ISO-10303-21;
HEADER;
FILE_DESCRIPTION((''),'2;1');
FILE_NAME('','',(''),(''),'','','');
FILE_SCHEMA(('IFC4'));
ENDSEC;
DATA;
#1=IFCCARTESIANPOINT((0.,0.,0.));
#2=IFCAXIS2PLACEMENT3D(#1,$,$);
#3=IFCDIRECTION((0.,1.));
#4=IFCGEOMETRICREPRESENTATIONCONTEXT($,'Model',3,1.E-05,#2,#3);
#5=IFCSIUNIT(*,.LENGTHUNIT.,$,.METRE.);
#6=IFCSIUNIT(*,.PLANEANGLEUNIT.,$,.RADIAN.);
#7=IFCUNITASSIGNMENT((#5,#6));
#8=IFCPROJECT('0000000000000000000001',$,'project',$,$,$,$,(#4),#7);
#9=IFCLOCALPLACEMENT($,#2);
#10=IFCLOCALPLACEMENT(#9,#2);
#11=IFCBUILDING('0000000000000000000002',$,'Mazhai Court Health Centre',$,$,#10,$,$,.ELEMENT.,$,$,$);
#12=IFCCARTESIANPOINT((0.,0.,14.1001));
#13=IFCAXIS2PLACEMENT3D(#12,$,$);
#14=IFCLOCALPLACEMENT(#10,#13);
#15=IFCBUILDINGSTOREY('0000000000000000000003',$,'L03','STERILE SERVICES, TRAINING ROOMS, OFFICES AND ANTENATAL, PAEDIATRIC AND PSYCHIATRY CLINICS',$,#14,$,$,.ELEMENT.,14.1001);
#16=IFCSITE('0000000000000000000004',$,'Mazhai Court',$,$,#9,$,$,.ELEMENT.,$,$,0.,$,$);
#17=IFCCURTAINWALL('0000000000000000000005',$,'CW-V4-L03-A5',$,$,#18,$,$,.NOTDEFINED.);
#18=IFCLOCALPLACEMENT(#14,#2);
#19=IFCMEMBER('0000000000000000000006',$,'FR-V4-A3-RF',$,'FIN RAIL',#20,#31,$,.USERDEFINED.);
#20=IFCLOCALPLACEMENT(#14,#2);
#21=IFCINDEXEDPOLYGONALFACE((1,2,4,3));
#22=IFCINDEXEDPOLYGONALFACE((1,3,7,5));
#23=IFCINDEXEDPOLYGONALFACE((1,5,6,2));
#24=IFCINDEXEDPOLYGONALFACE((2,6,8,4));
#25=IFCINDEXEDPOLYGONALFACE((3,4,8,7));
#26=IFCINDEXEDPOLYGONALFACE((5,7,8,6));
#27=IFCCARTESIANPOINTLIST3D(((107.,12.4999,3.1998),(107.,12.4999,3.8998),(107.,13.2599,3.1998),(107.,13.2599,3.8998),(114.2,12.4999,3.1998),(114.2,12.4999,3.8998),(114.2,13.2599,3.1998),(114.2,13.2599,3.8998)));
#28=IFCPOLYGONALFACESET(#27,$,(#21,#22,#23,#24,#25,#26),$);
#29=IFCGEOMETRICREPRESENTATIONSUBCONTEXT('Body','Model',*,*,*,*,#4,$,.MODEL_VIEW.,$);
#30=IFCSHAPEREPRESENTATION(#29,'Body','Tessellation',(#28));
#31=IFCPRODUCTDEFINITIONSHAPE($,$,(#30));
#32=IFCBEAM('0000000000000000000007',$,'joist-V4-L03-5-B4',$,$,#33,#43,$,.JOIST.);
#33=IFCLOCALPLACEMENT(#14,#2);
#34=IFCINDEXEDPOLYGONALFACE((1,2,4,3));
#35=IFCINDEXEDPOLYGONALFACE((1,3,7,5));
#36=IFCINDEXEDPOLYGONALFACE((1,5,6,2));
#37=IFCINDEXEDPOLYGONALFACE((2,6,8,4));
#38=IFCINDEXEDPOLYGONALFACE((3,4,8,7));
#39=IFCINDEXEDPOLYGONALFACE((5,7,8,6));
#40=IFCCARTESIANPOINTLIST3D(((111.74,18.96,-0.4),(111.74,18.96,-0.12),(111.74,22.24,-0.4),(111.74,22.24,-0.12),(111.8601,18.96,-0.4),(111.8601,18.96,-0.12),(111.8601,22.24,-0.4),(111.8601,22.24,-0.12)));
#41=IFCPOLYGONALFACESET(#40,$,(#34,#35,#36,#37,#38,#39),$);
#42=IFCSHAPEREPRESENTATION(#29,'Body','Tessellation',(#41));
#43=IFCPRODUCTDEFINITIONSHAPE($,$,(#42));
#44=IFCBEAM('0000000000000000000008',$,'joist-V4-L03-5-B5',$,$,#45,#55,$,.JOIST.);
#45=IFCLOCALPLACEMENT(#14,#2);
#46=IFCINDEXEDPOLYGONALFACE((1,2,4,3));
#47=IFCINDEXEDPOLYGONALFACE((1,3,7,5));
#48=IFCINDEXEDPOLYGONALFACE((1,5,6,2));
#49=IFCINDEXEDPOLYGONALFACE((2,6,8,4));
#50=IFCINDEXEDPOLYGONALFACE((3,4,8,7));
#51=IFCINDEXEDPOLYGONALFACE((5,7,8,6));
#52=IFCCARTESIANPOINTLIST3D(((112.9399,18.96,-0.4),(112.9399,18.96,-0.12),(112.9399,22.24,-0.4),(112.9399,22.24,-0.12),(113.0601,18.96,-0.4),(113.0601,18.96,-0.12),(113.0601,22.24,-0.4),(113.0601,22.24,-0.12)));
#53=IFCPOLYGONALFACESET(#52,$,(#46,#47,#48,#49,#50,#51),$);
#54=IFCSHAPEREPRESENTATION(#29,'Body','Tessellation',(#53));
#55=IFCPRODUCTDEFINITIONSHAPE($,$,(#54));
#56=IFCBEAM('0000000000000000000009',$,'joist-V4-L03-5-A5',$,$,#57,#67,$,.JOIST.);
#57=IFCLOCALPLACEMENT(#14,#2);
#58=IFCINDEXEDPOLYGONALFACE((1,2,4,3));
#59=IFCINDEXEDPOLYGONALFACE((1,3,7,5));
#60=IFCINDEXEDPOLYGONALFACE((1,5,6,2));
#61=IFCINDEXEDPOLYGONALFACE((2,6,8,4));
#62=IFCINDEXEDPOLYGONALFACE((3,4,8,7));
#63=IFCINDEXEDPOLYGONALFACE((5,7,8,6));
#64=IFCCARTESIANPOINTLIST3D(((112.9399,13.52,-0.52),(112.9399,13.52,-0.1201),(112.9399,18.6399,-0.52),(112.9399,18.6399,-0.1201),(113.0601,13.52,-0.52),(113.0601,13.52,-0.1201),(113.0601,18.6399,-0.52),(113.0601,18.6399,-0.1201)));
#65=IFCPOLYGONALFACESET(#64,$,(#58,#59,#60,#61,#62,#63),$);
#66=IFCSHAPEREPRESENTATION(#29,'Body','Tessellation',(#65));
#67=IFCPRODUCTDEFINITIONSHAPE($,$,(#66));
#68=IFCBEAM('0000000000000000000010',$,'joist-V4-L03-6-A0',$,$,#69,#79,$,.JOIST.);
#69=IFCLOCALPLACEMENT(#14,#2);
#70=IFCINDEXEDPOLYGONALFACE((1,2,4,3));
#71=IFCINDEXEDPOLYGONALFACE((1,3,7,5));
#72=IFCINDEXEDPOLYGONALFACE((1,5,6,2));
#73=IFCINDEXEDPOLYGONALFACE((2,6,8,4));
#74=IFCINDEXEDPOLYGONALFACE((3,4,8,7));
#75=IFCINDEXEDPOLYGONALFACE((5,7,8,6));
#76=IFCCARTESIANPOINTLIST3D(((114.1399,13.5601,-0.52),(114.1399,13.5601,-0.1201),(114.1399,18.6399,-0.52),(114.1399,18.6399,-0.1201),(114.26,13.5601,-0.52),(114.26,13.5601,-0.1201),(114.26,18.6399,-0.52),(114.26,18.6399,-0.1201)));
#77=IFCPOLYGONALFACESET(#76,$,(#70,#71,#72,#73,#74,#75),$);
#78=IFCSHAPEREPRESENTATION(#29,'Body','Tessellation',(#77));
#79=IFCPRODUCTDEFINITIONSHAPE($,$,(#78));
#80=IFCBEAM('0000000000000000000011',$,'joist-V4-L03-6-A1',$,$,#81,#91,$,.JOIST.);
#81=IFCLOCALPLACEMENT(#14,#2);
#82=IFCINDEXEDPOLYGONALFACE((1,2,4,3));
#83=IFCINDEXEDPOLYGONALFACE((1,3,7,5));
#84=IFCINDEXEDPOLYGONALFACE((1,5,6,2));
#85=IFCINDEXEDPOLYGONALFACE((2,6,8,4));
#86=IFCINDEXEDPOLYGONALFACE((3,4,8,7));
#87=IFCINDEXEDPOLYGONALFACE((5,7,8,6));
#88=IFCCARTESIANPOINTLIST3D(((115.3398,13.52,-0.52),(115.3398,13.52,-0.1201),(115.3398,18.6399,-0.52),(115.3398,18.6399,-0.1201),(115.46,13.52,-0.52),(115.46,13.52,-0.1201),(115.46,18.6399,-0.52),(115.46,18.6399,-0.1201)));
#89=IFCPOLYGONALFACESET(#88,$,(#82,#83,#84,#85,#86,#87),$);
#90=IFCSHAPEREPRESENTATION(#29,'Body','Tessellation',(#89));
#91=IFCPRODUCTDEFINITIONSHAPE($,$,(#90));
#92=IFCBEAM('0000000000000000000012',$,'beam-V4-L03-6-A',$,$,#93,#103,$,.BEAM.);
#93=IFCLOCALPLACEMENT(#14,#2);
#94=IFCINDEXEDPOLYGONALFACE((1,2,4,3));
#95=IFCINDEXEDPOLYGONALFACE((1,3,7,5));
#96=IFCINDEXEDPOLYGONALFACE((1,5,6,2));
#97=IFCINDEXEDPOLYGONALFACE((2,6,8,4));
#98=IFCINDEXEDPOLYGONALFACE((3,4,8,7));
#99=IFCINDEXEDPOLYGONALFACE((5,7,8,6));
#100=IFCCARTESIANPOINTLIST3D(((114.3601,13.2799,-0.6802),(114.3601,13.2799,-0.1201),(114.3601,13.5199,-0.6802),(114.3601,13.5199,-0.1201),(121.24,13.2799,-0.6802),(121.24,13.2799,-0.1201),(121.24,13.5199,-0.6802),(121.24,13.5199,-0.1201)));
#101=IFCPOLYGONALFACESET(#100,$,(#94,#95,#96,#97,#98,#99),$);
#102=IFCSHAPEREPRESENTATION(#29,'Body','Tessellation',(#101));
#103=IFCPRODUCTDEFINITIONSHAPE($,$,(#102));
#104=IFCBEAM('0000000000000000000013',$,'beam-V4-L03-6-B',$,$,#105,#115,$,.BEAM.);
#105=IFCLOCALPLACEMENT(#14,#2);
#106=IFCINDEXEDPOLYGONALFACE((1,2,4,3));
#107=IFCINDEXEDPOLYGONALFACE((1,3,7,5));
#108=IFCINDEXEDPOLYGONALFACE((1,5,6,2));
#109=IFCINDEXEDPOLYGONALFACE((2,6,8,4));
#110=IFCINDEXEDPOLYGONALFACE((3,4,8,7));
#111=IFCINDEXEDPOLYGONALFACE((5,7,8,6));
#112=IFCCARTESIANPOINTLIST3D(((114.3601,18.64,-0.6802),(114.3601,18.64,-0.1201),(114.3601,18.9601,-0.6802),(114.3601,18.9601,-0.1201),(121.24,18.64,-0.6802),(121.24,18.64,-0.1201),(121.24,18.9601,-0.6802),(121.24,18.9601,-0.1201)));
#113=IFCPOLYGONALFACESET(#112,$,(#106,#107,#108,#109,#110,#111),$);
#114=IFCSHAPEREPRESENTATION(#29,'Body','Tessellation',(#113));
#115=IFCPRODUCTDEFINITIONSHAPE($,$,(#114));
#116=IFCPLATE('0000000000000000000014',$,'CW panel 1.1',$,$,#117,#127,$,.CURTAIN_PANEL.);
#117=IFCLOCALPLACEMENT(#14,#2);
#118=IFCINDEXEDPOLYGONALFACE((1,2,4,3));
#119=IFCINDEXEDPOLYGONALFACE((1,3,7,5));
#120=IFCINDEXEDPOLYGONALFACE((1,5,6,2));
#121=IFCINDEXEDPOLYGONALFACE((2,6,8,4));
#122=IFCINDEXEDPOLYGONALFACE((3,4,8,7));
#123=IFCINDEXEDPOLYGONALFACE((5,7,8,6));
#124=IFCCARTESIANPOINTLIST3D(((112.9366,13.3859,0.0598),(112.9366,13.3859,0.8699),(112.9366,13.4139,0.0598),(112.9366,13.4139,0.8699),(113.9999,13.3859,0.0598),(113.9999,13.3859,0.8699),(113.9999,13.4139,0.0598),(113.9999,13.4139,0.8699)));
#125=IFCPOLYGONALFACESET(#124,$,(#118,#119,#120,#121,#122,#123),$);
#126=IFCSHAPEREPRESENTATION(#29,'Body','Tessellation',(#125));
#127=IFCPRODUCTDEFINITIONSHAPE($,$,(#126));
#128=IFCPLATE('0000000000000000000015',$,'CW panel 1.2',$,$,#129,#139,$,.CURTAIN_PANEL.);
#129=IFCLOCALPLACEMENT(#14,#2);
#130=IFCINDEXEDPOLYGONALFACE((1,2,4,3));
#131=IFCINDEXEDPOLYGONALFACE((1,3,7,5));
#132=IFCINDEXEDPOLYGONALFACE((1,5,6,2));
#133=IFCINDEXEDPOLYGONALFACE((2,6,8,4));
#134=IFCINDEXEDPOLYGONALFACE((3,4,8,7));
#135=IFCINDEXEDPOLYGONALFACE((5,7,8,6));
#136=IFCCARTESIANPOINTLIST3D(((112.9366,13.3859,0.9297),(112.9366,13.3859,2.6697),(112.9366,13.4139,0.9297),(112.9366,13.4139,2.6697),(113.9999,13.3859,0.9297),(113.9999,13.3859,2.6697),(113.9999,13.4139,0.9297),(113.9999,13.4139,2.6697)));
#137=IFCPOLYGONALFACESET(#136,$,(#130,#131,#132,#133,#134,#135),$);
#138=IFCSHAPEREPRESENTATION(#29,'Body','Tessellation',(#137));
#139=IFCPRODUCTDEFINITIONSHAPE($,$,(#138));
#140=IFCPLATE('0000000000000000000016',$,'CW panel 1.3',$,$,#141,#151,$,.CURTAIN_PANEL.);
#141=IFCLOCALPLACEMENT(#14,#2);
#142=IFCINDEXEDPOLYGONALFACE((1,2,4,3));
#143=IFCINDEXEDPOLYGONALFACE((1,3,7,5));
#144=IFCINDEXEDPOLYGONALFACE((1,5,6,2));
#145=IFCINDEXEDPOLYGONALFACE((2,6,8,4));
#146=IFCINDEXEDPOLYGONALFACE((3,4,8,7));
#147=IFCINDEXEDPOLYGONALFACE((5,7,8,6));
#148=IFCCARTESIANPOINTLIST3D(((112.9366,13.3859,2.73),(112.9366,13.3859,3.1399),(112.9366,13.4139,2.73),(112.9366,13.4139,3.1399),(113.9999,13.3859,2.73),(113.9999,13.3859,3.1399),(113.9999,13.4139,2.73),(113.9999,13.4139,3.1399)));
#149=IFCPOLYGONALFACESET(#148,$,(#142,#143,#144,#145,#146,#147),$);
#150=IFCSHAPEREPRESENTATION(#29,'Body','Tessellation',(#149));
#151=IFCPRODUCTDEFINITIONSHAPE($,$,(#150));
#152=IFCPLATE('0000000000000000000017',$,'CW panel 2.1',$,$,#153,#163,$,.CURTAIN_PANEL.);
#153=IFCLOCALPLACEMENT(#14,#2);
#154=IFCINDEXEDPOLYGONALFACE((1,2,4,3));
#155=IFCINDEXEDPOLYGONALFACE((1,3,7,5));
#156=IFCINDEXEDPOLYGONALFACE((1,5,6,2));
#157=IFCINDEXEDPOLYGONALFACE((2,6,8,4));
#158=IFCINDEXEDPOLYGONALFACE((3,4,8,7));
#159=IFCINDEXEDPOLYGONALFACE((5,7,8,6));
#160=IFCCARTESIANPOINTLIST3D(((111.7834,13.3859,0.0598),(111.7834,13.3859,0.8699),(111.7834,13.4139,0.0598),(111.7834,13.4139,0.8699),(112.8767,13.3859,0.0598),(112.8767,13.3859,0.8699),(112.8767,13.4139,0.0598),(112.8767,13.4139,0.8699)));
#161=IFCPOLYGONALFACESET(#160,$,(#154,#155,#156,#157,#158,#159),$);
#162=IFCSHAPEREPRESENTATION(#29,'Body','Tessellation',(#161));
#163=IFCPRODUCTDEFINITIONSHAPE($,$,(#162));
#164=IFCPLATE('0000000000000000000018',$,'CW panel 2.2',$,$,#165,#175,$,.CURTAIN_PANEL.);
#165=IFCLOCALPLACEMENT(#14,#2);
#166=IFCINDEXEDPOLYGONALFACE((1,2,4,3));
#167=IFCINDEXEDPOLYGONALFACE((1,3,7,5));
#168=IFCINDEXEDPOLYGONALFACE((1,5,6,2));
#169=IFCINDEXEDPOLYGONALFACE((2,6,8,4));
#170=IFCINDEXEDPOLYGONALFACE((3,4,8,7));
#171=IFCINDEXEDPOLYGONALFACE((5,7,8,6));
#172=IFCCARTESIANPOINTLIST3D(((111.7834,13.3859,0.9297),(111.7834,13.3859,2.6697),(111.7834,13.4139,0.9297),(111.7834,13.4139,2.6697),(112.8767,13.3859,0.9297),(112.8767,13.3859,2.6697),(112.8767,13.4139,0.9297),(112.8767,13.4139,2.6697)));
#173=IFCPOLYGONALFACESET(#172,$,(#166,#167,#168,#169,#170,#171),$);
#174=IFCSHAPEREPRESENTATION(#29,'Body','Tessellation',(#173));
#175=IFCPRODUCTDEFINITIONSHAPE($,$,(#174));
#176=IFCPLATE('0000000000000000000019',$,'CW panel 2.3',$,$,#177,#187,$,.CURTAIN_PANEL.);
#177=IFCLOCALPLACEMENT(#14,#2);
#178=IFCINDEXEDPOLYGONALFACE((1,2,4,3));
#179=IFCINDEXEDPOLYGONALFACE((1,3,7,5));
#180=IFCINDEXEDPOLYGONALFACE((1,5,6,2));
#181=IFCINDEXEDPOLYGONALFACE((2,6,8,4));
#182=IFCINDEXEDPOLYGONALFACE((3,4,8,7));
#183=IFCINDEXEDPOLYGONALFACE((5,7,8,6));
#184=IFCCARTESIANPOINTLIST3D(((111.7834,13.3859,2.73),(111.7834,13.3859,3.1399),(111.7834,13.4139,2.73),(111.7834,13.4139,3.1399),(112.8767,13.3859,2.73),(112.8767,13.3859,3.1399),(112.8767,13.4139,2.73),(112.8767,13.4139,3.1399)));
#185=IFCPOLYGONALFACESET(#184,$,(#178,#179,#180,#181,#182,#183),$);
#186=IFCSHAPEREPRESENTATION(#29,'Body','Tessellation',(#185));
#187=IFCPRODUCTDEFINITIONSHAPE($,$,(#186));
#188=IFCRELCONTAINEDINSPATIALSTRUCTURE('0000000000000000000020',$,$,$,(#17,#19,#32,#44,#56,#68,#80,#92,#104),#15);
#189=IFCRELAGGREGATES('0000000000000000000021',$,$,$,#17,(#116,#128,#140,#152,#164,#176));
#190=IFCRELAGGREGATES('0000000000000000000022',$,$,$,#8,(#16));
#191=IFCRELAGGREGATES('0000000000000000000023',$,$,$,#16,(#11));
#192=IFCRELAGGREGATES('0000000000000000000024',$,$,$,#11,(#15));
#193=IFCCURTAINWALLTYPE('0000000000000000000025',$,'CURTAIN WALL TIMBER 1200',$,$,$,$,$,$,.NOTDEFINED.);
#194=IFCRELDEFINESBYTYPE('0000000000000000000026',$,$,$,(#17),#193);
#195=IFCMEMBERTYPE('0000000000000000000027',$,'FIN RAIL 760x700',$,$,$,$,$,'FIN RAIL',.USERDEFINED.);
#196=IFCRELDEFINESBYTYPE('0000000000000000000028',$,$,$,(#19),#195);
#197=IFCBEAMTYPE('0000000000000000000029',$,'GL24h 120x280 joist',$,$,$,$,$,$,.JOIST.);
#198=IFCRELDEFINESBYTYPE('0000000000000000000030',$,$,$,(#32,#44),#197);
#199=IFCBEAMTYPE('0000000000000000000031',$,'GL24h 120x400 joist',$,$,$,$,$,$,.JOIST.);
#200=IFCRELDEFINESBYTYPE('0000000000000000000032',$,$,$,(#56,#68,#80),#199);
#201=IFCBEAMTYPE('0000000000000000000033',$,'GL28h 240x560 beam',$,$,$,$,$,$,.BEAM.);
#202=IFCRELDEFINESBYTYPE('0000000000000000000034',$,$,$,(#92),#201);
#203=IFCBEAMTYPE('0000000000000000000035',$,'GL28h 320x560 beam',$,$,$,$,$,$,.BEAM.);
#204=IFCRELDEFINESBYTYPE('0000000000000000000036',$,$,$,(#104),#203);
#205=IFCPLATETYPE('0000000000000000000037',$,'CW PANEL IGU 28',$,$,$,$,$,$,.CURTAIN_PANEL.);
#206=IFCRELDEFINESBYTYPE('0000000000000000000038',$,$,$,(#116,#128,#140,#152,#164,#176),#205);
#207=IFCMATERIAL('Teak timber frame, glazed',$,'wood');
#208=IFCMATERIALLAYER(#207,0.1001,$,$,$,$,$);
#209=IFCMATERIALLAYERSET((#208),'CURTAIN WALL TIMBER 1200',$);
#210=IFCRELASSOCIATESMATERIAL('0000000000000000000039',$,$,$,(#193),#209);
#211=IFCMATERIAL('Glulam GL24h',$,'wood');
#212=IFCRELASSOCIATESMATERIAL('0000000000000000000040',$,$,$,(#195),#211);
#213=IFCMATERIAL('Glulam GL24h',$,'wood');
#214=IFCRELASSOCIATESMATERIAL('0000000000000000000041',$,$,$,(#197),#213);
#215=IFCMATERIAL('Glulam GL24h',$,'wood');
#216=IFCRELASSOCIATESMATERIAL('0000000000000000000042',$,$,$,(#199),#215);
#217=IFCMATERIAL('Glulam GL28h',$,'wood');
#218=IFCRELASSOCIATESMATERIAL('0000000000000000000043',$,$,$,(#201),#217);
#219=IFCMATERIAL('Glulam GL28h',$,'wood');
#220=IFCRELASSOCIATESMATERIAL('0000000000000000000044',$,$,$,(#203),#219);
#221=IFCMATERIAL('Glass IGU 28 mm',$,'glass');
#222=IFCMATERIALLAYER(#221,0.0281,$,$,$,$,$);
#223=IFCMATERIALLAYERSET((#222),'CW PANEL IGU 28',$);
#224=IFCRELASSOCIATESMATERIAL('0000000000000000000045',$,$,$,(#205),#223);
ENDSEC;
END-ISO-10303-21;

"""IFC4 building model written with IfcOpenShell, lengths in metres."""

from ifc_helpers import new_model, si_unit, direction, frame, origin, origin_2d, place, context, subcontext, project, spatial, rectangle, extrude, material, layer, layer_set, material_profile, profile_set, type_object, element, aggregate, save


model = new_model("IFC4")

# Units and contexts
model_context = context("Model", 3, precision=1e-05, world=origin(), true_north=direction((0.0, 1.0)))
body_context = subcontext(model_context, "Body", "Model", "MODEL_VIEW")
ifc_project = project(units=[si_unit("LENGTHUNIT", "METRE"), si_unit("PLANEANGLEUNIT", "RADIAN")], contexts=[model_context])

# Site, building, storey
site_placement = place(None, origin())
site = spatial("IfcSite", under=ifc_project, at=site_placement, Name="Mazhai Court", CompositionType="ELEMENT", RefElevation=0.0)
building_placement = place(site_placement, origin())
building = spatial("IfcBuilding", under=site, at=building_placement, Name="Mazhai Court Health Centre", CompositionType="ELEMENT")
storey_placement = place(building_placement, frame((0.0, 0.0, 14.1001)))
storey = spatial("IfcBuildingStorey", under=building, at=storey_placement, Name="L03", Description="STERILE SERVICES, TRAINING ROOMS, OFFICES AND ANTENATAL, PAEDIATRIC AND PSYCHIATRY CLINICS", CompositionType="ELEMENT", Elevation=14.1001)

# Curtain wall
ifc_material_1 = material(Name="Teak timber frame, glazed", Category="wood")
ifc_layer_1 = layer(ifc_material_1, 0.1001)
ifc_layer_set_1 = layer_set([ifc_layer_1], Name="CURTAIN WALL TIMBER 1200")
curtain_wall_type = type_object("IfcCurtainWallType", Name="CURTAIN WALL TIMBER 1200", PredefinedType="NOTDEFINED", material=ifc_layer_set_1)
curtain_wall_1_placement = place(storey_placement, origin())
curtain_wall_1 = element("IfcCurtainWall", 1, at=curtain_wall_1_placement, inside=storey, type_object=curtain_wall_type, Name="CW-V4-L03-A5", PredefinedType="NOTDEFINED")

# Member
ifc_material_2 = material(Name="Glulam GL24h", Category="wood")
ifc_material_profile_1 = material_profile(ifc_material_2, rectangle(XDim=0.76, YDim=0.7, at=origin_2d()), Name="FIN RAIL 760x700")
ifc_profile_set_1 = profile_set([ifc_material_profile_1], Name="Glulam GL24h")
member_type_1 = type_object("IfcMemberType", Name="FIN RAIL 760x700", ElementType="FIN RAIL", PredefinedType="USERDEFINED", material=ifc_profile_set_1)
member_1_placement = place(storey_placement, frame((114.2, 12.8799, 3.5498), z_axis=(-1.0, 0.0, 0.0), x_axis=(0.0, -1.0, 0.0)))
element("IfcMember", 2, at=member_1_placement, inside=storey, type_object=member_type_1, Name="FR-V4-A3-RF", ObjectType="FIN RAIL", PredefinedType="USERDEFINED", context=body_context, shape_type="SweptSolid", body=[
    extrude(rectangle(XDim=0.76, YDim=0.7, at=origin_2d()), origin(), (0.0, 0.0, 1.0), 7.2),
])

# Beams
ifc_material_3 = material(Name="Glulam GL24h", Category="wood")
ifc_material_profile_2 = material_profile(ifc_material_3, rectangle(XDim=0.1201, YDim=0.28, at=origin_2d()), Name="GL24h 120x280")
ifc_profile_set_2 = profile_set([ifc_material_profile_2], Name="Glulam GL24h")
beam_type_1 = type_object("IfcBeamType", Name="GL24h 120x280 joist", PredefinedType="JOIST", material=ifc_profile_set_2)
for number, where, z_axis, x_axis, name in (
    (3, (111.8, 18.96, -0.26), (0.0, 1.0, 0.0), (-1.0, 0.0, 0.0), "joist-V4-L03-5-B4"),
    (4, (113.0, 18.96, -0.26), (0.0, 1.0, 0.0), (-1.0, 0.0, 0.0), "joist-V4-L03-5-B5"),
):
    element("IfcBeam", number, at=place(storey_placement, frame(where, z_axis=z_axis, x_axis=x_axis)), inside=storey, type_object=beam_type_1, Name=name, PredefinedType="JOIST", context=body_context, shape_type="SweptSolid", body=[
        extrude(rectangle(XDim=0.1201, YDim=0.28, at=origin_2d()), origin(), (0.0, 0.0, 1.0), 3.28),
    ])
ifc_material_4 = material(Name="Glulam GL24h", Category="wood")
ifc_material_profile_3 = material_profile(ifc_material_4, rectangle(XDim=0.1201, YDim=0.3999, at=origin_2d()), Name="GL24h 120x400")
ifc_profile_set_3 = profile_set([ifc_material_profile_3], Name="Glulam GL24h")
beam_type_2 = type_object("IfcBeamType", Name="GL24h 120x400 joist", PredefinedType="JOIST", material=ifc_profile_set_3)
beam_1_placement = place(storey_placement, frame((113.0, 13.52, -0.3201), z_axis=(0.0, 1.0, 0.0), x_axis=(-1.0, 0.0, 0.0)))
element("IfcBeam", 5, at=beam_1_placement, inside=storey, type_object=beam_type_2, Name="joist-V4-L03-5-A5", PredefinedType="JOIST", context=body_context, shape_type="SweptSolid", body=[
    extrude(rectangle(XDim=0.1201, YDim=0.3999, at=origin_2d()), origin(), (0.0, 0.0, 1.0), 5.1199),
])
beam_2_placement = place(storey_placement, frame((114.2, 13.5601, -0.3201), z_axis=(0.0, 1.0, 0.0), x_axis=(-1.0, 0.0, 0.0)))
element("IfcBeam", 6, at=beam_2_placement, inside=storey, type_object=beam_type_2, Name="joist-V4-L03-6-A0", PredefinedType="JOIST", context=body_context, shape_type="SweptSolid", body=[
    extrude(rectangle(XDim=0.1201, YDim=0.3999, at=origin_2d()), origin(), (0.0, 0.0, 1.0), 5.0798),
])
beam_3_placement = place(storey_placement, frame((115.3999, 13.52, -0.3201), z_axis=(0.0, 1.0, 0.0), x_axis=(-1.0, 0.0, 0.0)))
element("IfcBeam", 7, at=beam_3_placement, inside=storey, type_object=beam_type_2, Name="joist-V4-L03-6-A1", PredefinedType="JOIST", context=body_context, shape_type="SweptSolid", body=[
    extrude(rectangle(XDim=0.1201, YDim=0.3999, at=origin_2d()), origin(), (0.0, 0.0, 1.0), 5.1199),
])
ifc_material_5 = material(Name="Glulam GL28h", Category="wood")
ifc_material_profile_4 = material_profile(ifc_material_5, rectangle(XDim=0.24, YDim=0.5601, at=origin_2d()), Name="GL28h 240x560")
ifc_profile_set_4 = profile_set([ifc_material_profile_4], Name="Glulam GL28h")
beam_type_3 = type_object("IfcBeamType", Name="GL28h 240x560 beam", PredefinedType="BEAM", material=ifc_profile_set_4)
beam_4_placement = place(storey_placement, frame((114.3601, 13.3999, -0.4001), z_axis=(1.0, 0.0, 0.0), x_axis=(0.0, 1.0, 0.0)))
element("IfcBeam", 8, at=beam_4_placement, inside=storey, type_object=beam_type_3, Name="beam-V4-L03-6-A", PredefinedType="BEAM", context=body_context, shape_type="SweptSolid", body=[
    extrude(rectangle(XDim=0.24, YDim=0.5601, at=origin_2d()), origin(), (0.0, 0.0, 1.0), 6.8799),
])
ifc_material_6 = material(Name="Glulam GL28h", Category="wood")
ifc_material_profile_5 = material_profile(ifc_material_6, rectangle(XDim=0.3201, YDim=0.5601, at=origin_2d()), Name="GL28h 320x560")
ifc_profile_set_5 = profile_set([ifc_material_profile_5], Name="Glulam GL28h")
beam_type_4 = type_object("IfcBeamType", Name="GL28h 320x560 beam", PredefinedType="BEAM", material=ifc_profile_set_5)
beam_5_placement = place(storey_placement, frame((114.3601, 18.8, -0.4001), z_axis=(1.0, 0.0, 0.0), x_axis=(0.0, 1.0, 0.0)))
element("IfcBeam", 9, at=beam_5_placement, inside=storey, type_object=beam_type_4, Name="beam-V4-L03-6-B", PredefinedType="BEAM", context=body_context, shape_type="SweptSolid", body=[
    extrude(rectangle(XDim=0.3201, YDim=0.5601, at=origin_2d()), origin(), (0.0, 0.0, 1.0), 6.8799),
])

# Plates
ifc_material_7 = material(Name="Glass IGU 28 mm", Category="glass")
ifc_layer_2 = layer(ifc_material_7, 0.0281)
ifc_layer_set_2 = layer_set([ifc_layer_2], Name="CW PANEL IGU 28")
plate_type = type_object("IfcPlateType", Name="CW PANEL IGU 28", PredefinedType="CURTAIN_PANEL", material=ifc_layer_set_2)
plate_1_placement = place(storey_placement, frame((113.4683, 13.3999, 0.0598), z_axis=(0.0, 0.0, 1.0), x_axis=(-1.0, 0.0, 0.0)))
plate_1 = element("IfcPlate", 10, at=plate_1_placement, type_object=plate_type, Name="CW panel 1.1", PredefinedType="CURTAIN_PANEL", context=body_context, shape_type="SweptSolid", body=[
    extrude(rectangle(XDim=1.0632, YDim=0.0281, at=origin_2d()), origin(), (0.0, 0.0, 1.0), 0.8101),
])
plate_2_placement = place(storey_placement, frame((113.4683, 13.3999, 0.9297), z_axis=(0.0, 0.0, 1.0), x_axis=(-1.0, 0.0, 0.0)))
plate_2 = element("IfcPlate", 11, at=plate_2_placement, type_object=plate_type, Name="CW panel 1.2", PredefinedType="CURTAIN_PANEL", context=body_context, shape_type="SweptSolid", body=[
    extrude(rectangle(XDim=1.0632, YDim=0.0281, at=origin_2d()), origin(), (0.0, 0.0, 1.0), 1.74),
])
plate_3_placement = place(storey_placement, frame((113.4683, 13.3999, 2.73), z_axis=(0.0, 0.0, 1.0), x_axis=(-1.0, 0.0, 0.0)))
plate_3 = element("IfcPlate", 12, at=plate_3_placement, type_object=plate_type, Name="CW panel 1.3", PredefinedType="CURTAIN_PANEL", context=body_context, shape_type="SweptSolid", body=[
    extrude(rectangle(XDim=1.0632, YDim=0.0281, at=origin_2d()), origin(), (0.0, 0.0, 1.0), 0.4099),
])
plate_4_placement = place(storey_placement, frame((112.3301, 13.3999, 0.0598), z_axis=(0.0, 0.0, 1.0), x_axis=(-1.0, 0.0, 0.0)))
plate_4 = element("IfcPlate", 13, at=plate_4_placement, type_object=plate_type, Name="CW panel 2.1", PredefinedType="CURTAIN_PANEL", context=body_context, shape_type="SweptSolid", body=[
    extrude(rectangle(XDim=1.0933, YDim=0.0281, at=origin_2d()), origin(), (0.0, 0.0, 1.0), 0.8101),
])
plate_5_placement = place(storey_placement, frame((112.3301, 13.3999, 0.9297), z_axis=(0.0, 0.0, 1.0), x_axis=(-1.0, 0.0, 0.0)))
plate_5 = element("IfcPlate", 14, at=plate_5_placement, type_object=plate_type, Name="CW panel 2.2", PredefinedType="CURTAIN_PANEL", context=body_context, shape_type="SweptSolid", body=[
    extrude(rectangle(XDim=1.0933, YDim=0.0281, at=origin_2d()), origin(), (0.0, 0.0, 1.0), 1.74),
])
plate_6_placement = place(storey_placement, frame((112.3301, 13.3999, 2.73), z_axis=(0.0, 0.0, 1.0), x_axis=(-1.0, 0.0, 0.0)))
plate_6 = element("IfcPlate", 15, at=plate_6_placement, type_object=plate_type, Name="CW panel 2.3", PredefinedType="CURTAIN_PANEL", context=body_context, shape_type="SweptSolid", body=[
    extrude(rectangle(XDim=1.0933, YDim=0.0281, at=origin_2d()), origin(), (0.0, 0.0, 1.0), 0.4099),
])
aggregate(curtain_wall_1, [plate_1, plate_2, plate_3, plate_4, plate_5, plate_6])

save(model, "model.ifc")
